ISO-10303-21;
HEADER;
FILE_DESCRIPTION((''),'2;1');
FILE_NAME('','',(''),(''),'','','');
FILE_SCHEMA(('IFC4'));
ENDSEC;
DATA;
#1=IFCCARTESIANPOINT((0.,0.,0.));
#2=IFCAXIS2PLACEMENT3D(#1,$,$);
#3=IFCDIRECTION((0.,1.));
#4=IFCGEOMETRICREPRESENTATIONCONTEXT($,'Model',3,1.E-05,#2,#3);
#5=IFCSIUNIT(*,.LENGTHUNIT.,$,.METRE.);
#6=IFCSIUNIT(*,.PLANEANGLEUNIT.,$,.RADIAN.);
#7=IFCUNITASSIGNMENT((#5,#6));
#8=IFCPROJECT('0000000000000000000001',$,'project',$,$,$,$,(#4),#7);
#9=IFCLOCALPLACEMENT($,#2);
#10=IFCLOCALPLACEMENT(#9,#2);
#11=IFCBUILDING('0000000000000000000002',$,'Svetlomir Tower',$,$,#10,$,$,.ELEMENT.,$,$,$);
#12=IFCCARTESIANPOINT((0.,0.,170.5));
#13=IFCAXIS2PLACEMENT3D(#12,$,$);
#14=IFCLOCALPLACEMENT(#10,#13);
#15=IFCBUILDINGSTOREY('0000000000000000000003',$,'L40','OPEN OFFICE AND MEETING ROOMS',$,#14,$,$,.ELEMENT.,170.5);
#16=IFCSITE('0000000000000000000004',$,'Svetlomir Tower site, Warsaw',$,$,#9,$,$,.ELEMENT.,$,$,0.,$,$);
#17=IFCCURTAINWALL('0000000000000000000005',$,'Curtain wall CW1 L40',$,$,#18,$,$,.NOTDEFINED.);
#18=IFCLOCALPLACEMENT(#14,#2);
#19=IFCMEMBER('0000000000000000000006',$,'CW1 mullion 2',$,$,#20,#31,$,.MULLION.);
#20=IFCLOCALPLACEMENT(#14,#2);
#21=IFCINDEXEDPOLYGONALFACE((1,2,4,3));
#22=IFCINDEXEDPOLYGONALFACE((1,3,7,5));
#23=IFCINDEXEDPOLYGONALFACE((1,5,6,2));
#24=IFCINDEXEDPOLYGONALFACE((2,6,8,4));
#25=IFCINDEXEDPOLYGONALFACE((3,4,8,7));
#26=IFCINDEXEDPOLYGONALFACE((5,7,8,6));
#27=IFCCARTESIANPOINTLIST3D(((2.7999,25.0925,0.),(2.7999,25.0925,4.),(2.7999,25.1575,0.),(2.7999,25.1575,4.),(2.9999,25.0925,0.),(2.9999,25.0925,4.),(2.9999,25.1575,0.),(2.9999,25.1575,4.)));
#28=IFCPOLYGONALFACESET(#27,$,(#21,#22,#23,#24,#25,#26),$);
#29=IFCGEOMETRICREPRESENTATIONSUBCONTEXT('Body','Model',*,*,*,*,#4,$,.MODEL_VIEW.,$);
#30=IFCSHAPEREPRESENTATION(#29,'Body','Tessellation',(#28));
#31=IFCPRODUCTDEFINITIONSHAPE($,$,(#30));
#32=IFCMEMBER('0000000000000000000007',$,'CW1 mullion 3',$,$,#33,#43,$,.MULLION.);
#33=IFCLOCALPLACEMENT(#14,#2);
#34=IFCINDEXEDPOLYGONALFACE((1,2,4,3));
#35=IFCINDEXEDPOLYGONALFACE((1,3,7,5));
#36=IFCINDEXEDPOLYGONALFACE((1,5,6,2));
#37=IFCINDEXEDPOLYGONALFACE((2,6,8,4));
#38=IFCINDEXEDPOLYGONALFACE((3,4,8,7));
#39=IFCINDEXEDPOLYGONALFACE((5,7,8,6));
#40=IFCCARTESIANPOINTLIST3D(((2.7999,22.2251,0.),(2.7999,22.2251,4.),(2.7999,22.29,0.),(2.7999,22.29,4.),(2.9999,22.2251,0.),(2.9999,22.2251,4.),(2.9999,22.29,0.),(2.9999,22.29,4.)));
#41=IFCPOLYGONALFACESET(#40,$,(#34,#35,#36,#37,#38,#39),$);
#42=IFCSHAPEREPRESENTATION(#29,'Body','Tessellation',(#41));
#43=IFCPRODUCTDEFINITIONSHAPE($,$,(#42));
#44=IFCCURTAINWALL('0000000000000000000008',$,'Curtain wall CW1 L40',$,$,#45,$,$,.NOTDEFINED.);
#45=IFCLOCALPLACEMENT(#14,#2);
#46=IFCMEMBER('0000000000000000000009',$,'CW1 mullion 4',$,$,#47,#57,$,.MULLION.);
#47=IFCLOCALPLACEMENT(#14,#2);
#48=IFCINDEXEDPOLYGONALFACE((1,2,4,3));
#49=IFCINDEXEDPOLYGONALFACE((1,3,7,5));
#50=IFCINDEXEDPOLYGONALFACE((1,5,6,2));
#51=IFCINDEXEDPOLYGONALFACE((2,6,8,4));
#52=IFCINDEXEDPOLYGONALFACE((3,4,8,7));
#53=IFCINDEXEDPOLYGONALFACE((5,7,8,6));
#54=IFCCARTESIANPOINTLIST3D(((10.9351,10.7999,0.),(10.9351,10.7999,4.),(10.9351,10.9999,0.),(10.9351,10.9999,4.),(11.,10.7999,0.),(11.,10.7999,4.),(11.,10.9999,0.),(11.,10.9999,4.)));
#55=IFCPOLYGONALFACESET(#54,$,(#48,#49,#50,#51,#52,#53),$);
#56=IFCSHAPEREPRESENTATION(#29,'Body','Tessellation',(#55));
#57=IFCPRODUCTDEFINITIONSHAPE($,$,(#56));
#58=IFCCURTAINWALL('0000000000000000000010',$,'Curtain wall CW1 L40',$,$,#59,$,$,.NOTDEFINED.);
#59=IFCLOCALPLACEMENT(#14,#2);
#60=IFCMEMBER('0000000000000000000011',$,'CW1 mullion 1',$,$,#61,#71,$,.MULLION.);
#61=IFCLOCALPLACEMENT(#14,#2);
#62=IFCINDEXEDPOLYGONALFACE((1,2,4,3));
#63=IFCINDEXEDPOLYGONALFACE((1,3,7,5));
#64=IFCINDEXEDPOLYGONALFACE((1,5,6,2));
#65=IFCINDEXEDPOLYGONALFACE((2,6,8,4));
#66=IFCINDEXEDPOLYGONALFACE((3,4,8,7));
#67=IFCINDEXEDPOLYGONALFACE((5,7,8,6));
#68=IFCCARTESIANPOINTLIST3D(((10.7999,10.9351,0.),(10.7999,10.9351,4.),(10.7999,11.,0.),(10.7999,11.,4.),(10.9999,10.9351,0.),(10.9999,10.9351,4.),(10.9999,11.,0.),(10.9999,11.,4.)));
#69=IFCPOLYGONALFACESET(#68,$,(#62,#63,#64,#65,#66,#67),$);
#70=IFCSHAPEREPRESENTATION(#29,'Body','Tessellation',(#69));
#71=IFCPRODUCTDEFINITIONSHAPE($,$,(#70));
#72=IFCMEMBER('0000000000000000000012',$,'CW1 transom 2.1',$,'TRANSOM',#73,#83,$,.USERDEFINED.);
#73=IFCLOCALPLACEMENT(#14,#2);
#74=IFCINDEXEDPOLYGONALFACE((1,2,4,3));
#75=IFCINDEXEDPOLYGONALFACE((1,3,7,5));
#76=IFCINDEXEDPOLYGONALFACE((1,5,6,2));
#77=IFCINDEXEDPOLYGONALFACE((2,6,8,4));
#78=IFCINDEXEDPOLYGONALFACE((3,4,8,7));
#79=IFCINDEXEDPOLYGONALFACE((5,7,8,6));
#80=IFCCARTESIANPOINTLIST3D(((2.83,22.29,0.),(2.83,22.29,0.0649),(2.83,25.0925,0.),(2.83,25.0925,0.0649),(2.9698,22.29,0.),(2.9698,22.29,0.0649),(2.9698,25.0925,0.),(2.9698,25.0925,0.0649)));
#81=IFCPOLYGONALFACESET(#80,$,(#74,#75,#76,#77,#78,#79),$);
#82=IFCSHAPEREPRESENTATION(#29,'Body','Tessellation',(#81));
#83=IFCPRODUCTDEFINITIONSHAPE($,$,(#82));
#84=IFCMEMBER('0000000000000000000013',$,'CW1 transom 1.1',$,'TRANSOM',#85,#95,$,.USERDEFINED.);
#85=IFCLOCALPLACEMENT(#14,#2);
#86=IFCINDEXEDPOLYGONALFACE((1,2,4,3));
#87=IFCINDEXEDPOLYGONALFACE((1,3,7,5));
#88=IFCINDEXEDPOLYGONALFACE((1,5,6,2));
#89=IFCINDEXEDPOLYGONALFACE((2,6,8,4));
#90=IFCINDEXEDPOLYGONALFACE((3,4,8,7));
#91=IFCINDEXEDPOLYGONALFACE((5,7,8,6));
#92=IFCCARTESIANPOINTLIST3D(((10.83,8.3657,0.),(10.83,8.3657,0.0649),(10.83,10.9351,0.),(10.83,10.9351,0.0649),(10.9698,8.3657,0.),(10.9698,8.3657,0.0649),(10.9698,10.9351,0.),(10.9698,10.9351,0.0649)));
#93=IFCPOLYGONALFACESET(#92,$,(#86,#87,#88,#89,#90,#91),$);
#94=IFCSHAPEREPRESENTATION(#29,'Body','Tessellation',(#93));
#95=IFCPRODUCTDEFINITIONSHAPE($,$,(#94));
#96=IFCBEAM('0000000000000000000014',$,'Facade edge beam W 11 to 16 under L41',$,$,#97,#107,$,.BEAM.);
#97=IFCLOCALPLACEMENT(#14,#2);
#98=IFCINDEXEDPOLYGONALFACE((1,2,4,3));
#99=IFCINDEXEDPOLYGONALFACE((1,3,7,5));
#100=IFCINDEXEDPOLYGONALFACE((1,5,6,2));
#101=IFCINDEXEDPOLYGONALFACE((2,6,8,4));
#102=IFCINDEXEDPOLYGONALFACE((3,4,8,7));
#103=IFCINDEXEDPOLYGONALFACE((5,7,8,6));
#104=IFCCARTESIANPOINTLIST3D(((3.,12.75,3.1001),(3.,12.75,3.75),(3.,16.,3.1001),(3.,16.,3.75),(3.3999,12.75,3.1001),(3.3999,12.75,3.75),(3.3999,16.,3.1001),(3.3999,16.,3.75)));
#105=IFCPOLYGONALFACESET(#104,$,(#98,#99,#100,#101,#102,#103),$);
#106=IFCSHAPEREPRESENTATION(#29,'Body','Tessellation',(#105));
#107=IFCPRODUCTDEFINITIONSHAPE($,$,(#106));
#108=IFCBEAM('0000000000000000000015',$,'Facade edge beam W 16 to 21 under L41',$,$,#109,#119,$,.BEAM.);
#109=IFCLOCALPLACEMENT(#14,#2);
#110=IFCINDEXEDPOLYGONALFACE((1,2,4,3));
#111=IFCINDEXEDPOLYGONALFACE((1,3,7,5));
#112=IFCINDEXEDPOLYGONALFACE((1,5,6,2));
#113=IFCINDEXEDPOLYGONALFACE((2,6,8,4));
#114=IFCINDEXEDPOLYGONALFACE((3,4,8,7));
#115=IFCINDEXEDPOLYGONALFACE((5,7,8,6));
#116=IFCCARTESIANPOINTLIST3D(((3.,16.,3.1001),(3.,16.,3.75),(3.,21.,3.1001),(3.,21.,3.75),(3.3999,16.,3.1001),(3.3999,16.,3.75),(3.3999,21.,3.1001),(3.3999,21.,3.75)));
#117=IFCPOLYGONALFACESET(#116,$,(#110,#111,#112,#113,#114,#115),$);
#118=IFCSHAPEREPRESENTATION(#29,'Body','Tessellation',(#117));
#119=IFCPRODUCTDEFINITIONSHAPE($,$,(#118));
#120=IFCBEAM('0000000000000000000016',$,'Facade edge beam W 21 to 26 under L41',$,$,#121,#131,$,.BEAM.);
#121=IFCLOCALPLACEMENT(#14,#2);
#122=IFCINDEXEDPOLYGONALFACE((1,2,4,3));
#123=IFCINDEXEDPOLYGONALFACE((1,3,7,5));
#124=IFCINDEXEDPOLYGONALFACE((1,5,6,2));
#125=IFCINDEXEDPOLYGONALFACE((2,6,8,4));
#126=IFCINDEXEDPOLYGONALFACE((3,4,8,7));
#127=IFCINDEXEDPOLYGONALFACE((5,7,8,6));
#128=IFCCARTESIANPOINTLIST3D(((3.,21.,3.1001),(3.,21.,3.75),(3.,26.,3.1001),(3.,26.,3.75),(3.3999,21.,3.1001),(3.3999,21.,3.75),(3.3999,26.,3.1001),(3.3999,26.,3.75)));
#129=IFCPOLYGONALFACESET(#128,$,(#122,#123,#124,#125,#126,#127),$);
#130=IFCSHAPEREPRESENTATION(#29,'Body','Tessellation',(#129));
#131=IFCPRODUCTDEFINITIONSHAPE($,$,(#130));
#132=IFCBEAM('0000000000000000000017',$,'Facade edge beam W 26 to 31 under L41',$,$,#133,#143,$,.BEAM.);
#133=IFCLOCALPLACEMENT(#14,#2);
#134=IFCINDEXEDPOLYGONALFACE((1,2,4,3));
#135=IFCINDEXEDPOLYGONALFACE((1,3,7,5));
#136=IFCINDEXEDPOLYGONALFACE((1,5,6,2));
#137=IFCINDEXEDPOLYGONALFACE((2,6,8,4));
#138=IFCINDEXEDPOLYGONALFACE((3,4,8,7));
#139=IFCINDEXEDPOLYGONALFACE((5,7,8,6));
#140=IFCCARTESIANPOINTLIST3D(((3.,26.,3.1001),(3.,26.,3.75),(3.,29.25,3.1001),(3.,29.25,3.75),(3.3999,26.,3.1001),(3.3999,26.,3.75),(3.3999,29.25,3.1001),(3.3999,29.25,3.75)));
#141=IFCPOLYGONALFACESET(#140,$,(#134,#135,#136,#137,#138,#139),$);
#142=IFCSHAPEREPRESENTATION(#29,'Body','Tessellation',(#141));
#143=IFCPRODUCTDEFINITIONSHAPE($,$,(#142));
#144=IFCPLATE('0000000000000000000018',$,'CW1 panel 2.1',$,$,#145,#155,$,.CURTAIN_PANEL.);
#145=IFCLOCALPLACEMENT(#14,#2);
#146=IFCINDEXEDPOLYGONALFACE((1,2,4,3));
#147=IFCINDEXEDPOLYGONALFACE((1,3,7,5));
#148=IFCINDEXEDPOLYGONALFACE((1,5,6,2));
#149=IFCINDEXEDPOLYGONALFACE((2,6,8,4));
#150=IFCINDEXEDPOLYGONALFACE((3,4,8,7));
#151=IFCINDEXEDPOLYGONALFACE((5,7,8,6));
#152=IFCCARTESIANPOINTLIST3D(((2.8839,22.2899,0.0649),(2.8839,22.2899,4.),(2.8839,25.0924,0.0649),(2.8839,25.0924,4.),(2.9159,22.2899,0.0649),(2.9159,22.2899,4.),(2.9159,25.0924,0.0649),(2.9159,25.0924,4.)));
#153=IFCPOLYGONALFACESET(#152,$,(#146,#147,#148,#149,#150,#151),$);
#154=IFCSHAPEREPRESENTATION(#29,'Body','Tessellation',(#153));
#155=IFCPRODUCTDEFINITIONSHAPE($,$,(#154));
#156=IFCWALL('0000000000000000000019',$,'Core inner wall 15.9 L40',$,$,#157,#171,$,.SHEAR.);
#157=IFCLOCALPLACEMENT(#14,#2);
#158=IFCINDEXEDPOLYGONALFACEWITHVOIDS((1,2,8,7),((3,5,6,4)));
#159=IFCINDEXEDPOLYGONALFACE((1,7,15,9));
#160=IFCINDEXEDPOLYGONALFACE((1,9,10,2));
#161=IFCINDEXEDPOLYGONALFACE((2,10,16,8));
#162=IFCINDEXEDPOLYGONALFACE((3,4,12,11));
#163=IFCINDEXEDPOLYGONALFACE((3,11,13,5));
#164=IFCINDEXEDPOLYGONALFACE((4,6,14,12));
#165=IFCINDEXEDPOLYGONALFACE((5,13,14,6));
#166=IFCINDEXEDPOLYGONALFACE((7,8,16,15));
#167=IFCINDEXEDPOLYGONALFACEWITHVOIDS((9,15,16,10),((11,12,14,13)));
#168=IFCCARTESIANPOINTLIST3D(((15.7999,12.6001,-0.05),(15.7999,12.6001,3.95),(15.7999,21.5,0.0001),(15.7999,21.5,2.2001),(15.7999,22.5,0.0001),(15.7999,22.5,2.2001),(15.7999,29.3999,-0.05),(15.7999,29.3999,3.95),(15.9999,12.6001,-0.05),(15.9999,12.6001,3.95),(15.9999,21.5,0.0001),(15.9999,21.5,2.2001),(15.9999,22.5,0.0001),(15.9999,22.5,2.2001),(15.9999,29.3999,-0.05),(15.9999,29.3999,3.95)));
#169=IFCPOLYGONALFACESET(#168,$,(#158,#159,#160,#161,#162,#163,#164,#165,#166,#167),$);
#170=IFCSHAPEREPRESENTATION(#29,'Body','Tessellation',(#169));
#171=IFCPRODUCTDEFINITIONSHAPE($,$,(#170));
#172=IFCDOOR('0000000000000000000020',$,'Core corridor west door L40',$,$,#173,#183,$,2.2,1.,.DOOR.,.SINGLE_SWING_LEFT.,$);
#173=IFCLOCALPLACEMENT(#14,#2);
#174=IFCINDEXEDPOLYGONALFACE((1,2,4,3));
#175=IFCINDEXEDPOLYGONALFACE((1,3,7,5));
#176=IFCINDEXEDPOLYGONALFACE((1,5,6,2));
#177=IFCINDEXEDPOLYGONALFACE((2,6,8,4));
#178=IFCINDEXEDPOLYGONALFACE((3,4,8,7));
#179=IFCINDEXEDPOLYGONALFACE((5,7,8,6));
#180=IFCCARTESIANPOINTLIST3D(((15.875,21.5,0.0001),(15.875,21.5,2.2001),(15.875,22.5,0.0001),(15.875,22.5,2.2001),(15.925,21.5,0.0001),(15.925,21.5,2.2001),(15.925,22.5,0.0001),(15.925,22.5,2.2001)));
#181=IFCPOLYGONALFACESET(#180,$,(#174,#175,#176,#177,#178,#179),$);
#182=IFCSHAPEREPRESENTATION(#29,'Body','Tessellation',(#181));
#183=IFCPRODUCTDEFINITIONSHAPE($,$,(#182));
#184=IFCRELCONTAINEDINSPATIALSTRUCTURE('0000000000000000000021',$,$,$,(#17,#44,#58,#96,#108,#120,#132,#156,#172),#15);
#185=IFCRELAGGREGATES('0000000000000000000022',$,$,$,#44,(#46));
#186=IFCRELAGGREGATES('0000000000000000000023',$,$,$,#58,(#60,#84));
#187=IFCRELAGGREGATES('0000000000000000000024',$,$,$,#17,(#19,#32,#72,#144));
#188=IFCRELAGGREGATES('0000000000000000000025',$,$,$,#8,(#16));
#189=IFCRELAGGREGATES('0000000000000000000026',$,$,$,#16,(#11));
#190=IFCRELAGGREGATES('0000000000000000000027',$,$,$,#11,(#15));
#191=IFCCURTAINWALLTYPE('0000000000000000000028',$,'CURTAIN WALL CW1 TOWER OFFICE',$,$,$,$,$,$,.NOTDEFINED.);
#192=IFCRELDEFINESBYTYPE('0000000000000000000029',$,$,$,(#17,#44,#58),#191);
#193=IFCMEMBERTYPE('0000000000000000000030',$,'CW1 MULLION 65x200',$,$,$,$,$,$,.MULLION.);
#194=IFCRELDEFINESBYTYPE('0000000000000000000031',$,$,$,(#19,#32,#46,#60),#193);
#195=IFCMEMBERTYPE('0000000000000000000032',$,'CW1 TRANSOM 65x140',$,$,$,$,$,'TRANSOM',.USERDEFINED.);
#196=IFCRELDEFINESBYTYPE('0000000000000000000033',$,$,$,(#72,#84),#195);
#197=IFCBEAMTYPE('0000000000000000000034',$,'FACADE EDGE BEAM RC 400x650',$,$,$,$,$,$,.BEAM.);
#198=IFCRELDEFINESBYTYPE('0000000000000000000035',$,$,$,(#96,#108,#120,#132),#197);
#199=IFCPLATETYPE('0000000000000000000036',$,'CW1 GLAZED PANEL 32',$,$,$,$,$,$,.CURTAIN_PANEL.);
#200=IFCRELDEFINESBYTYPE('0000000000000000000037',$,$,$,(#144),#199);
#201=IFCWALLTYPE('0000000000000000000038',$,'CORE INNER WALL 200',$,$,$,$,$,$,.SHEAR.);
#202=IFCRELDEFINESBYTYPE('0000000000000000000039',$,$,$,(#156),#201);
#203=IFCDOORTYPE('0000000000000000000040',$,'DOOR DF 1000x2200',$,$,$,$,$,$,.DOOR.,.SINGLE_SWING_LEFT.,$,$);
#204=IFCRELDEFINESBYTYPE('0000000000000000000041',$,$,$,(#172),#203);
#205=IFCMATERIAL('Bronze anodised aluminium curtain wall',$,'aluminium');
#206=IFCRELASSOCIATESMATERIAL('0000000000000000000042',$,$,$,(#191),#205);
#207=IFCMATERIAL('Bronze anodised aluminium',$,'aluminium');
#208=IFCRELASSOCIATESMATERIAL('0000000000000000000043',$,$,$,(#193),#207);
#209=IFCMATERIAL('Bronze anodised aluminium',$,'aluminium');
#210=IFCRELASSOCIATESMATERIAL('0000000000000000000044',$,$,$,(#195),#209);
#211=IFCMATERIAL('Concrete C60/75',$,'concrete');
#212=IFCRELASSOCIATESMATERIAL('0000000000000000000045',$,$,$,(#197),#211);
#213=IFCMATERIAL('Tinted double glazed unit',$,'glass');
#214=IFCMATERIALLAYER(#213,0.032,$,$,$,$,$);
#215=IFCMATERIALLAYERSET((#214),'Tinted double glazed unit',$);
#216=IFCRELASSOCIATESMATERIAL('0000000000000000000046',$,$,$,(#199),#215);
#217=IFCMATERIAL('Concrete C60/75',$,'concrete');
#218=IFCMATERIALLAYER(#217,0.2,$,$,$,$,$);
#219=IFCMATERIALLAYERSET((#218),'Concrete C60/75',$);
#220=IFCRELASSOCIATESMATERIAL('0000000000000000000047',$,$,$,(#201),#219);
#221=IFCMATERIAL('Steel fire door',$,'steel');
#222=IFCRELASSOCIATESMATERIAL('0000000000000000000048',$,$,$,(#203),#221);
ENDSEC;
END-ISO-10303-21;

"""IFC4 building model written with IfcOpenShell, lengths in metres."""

from ifc_helpers import new_model, si_unit, direction, frame, frame_2d, origin, origin_2d, place, context, subcontext, project, spatial, rectangle, extrude, material, layer, layer_set, material_profile, profile_set, type_object, element, fill, aggregate, save


model = new_model("IFC4")

# Units and contexts
model_context = context("Model", 3, precision=1e-05, world=origin(), true_north=direction((0.0, 1.0)))
body_context = subcontext(model_context, "Body", "Model", "MODEL_VIEW")
ifc_project = project(units=[si_unit("LENGTHUNIT", "METRE"), si_unit("PLANEANGLEUNIT", "RADIAN")], contexts=[model_context])

# Site, building, storey
site_placement = place(None, origin())
site = spatial("IfcSite", under=ifc_project, at=site_placement, Name="Svetlomir Tower site, Warsaw", CompositionType="ELEMENT", RefElevation=0.0)
building_placement = place(site_placement, origin())
building = spatial("IfcBuilding", under=site, at=building_placement, Name="Svetlomir Tower", CompositionType="ELEMENT")
storey_placement = place(building_placement, frame((0.0, 0.0, 170.5)))
storey = spatial("IfcBuildingStorey", under=building, at=storey_placement, Name="L40", Description="OPEN OFFICE AND MEETING ROOMS", CompositionType="ELEMENT", Elevation=170.5)

# Curtain wall, members
ifc_material_1 = material(Name="Bronze anodised aluminium curtain wall", Category="aluminium")
curtain_wall_type = type_object("IfcCurtainWallType", Name="CURTAIN WALL CW1 TOWER OFFICE", PredefinedType="NOTDEFINED", material=ifc_material_1)
curtain_wall_1_placement = place(storey_placement, origin())
curtain_wall_1 = element("IfcCurtainWall", 1, at=curtain_wall_1_placement, inside=storey, type_object=curtain_wall_type, Name="Curtain wall CW1 L40", PredefinedType="NOTDEFINED")
ifc_material_2 = material(Name="Bronze anodised aluminium", Category="aluminium")
ifc_material_profile_1 = material_profile(ifc_material_2, rectangle(XDim=0.0649, YDim=0.2, at=origin_2d()), Name="AL 65x200")
ifc_profile_set_1 = profile_set([ifc_material_profile_1], Name="Bronze anodised aluminium 6063-T6")
member_type_1 = type_object("IfcMemberType", Name="CW1 MULLION 65x200", PredefinedType="MULLION", material=ifc_profile_set_1)
member_1_placement = place(storey_placement, frame((2.8999, 25.125, 0.0), z_axis=(0.0, 0.0, 1.0), x_axis=(0.0, -1.0, 0.0)))
member_1 = element("IfcMember", 2, at=member_1_placement, type_object=member_type_1, Name="CW1 mullion 2", PredefinedType="MULLION", context=body_context, shape_type="SweptSolid", body=[
    extrude(rectangle(XDim=0.0649, YDim=0.2, at=origin_2d()), origin(), (0.0, 0.0, 1.0), 4.0),
])
member_2_placement = place(storey_placement, frame((2.8999, 22.2576, 0.0), z_axis=(0.0, 0.0, 1.0), x_axis=(0.0, -1.0, 0.0)))
member_2 = element("IfcMember", 3, at=member_2_placement, type_object=member_type_1, Name="CW1 mullion 3", PredefinedType="MULLION", context=body_context, shape_type="SweptSolid", body=[
    extrude(rectangle(XDim=0.0649, YDim=0.2, at=origin_2d()), origin(), (0.0, 0.0, 1.0), 4.0),
])

# Curtain walls, members
curtain_wall_2_placement = place(storey_placement, origin())
curtain_wall_2 = element("IfcCurtainWall", 4, at=curtain_wall_2_placement, inside=storey, type_object=curtain_wall_type, Name="Curtain wall CW1 L40", PredefinedType="NOTDEFINED")
member_3_placement = place(storey_placement, frame((10.9675, 10.8999, 0.0), z_axis=(0.0, 0.0, 1.0), x_axis=(1.0, 0.0, 0.0)))
member_3 = element("IfcMember", 5, at=member_3_placement, type_object=member_type_1, Name="CW1 mullion 4", PredefinedType="MULLION", context=body_context, shape_type="SweptSolid", body=[
    extrude(rectangle(XDim=0.0649, YDim=0.2, at=origin_2d()), origin(), (0.0, 0.0, 1.0), 4.0),
])
aggregate(curtain_wall_2, [member_3])
curtain_wall_3_placement = place(storey_placement, origin())
curtain_wall_3 = element("IfcCurtainWall", 6, at=curtain_wall_3_placement, inside=storey, type_object=curtain_wall_type, Name="Curtain wall CW1 L40", PredefinedType="NOTDEFINED")
member_4_placement = place(storey_placement, frame((10.8999, 10.9675, 0.0), z_axis=(0.0, 0.0, 1.0), x_axis=(0.0, -1.0, 0.0)))
member_4 = element("IfcMember", 7, at=member_4_placement, type_object=member_type_1, Name="CW1 mullion 1", PredefinedType="MULLION", context=body_context, shape_type="SweptSolid", body=[
    extrude(rectangle(XDim=0.0649, YDim=0.2, at=origin_2d()), origin(), (0.0, 0.0, 1.0), 4.0),
])

# Members
ifc_material_3 = material(Name="Bronze anodised aluminium", Category="aluminium")
ifc_material_profile_2 = material_profile(ifc_material_3, rectangle(XDim=0.1399, YDim=0.0649, at=origin_2d()), Name="AL 140x65")
ifc_profile_set_2 = profile_set([ifc_material_profile_2], Name="Bronze anodised aluminium 6063-T6")
member_type_2 = type_object("IfcMemberType", Name="CW1 TRANSOM 65x140", ElementType="TRANSOM", PredefinedType="USERDEFINED", material=ifc_profile_set_2)
member_5_placement = place(storey_placement, frame((2.8999, 25.0925, 0.0325), z_axis=(0.0, -1.0, 0.0), x_axis=(1.0, 0.0, 0.0)))
member_5 = element("IfcMember", 8, at=member_5_placement, type_object=member_type_2, Name="CW1 transom 2.1", ObjectType="TRANSOM", PredefinedType="USERDEFINED", context=body_context, shape_type="SweptSolid", body=[
    extrude(rectangle(XDim=0.1399, YDim=0.0649, at=origin_2d()), origin(), (0.0, 0.0, 1.0), 2.8025),
])
member_6_placement = place(storey_placement, frame((10.8999, 10.9351, 0.0325), z_axis=(0.0, -1.0, 0.0), x_axis=(1.0, 0.0, 0.0)))
member_6 = element("IfcMember", 9, at=member_6_placement, type_object=member_type_2, Name="CW1 transom 1.1", ObjectType="TRANSOM", PredefinedType="USERDEFINED", context=body_context, shape_type="SweptSolid", body=[
    extrude(rectangle(XDim=0.1399, YDim=0.0649, at=origin_2d()), origin(), (0.0, 0.0, 1.0), 2.5693),
])
aggregate(curtain_wall_3, [member_4, member_6])

# Beams
ifc_material_4 = material(Name="Concrete C60/75", Category="concrete")
ifc_material_profile_3 = material_profile(ifc_material_4, rectangle(XDim=0.3999, YDim=0.6499, at=origin_2d()), Name="RC 400x650")
ifc_profile_set_3 = profile_set([ifc_material_profile_3], Name="Concrete C60/75")
beam_type = type_object("IfcBeamType", Name="FACADE EDGE BEAM RC 400x650", PredefinedType="BEAM", material=ifc_profile_set_3)
beam_1_placement = place(storey_placement, frame((3.2, 12.75, 3.425), z_axis=(0.0, 1.0, 0.0), x_axis=(-1.0, 0.0, 0.0)))
element("IfcBeam", 10, at=beam_1_placement, inside=storey, type_object=beam_type, Name="Facade edge beam W 11 to 16 under L41", PredefinedType="BEAM", context=body_context, shape_type="SweptSolid", body=[
    extrude(rectangle(XDim=0.3999, YDim=0.6499, at=origin_2d()), origin(), (0.0, 0.0, 1.0), 3.25),
])
for number, where, z_axis, x_axis, name in (
    (11, (3.2, 16.0, 3.425), (0.0, 1.0, 0.0), (-1.0, 0.0, 0.0), "Facade edge beam W 16 to 21 under L41"),
    (12, (3.2, 21.0, 3.425), (0.0, 1.0, 0.0), (-1.0, 0.0, 0.0), "Facade edge beam W 21 to 26 under L41"),
):
    element("IfcBeam", number, at=place(storey_placement, frame(where, z_axis=z_axis, x_axis=x_axis)), inside=storey, type_object=beam_type, Name=name, PredefinedType="BEAM", context=body_context, shape_type="SweptSolid", body=[
        extrude(rectangle(XDim=0.3999, YDim=0.6499, at=origin_2d()), origin(), (0.0, 0.0, 1.0), 5.0),
    ])
beam_2_placement = place(storey_placement, frame((3.2, 26.0, 3.425), z_axis=(0.0, 1.0, 0.0), x_axis=(-1.0, 0.0, 0.0)))
element("IfcBeam", 13, at=beam_2_placement, inside=storey, type_object=beam_type, Name="Facade edge beam W 26 to 31 under L41", PredefinedType="BEAM", context=body_context, shape_type="SweptSolid", body=[
    extrude(rectangle(XDim=0.3999, YDim=0.6499, at=origin_2d()), origin(), (0.0, 0.0, 1.0), 3.25),
])

# Plate
ifc_material_5 = material(Name="Tinted double glazed unit", Category="glass")
ifc_layer_1 = layer(ifc_material_5, 0.032)
ifc_layer_set_1 = layer_set([ifc_layer_1], Name="Tinted double glazed unit")
plate_type = type_object("IfcPlateType", Name="CW1 GLAZED PANEL 32", PredefinedType="CURTAIN_PANEL", material=ifc_layer_set_1)
plate_placement = place(storey_placement, frame((2.8999, 23.6912, 0.0649), z_axis=(0.0, 0.0, 1.0), x_axis=(0.0, -1.0, 0.0)))
plate = element("IfcPlate", 14, at=plate_placement, type_object=plate_type, Name="CW1 panel 2.1", PredefinedType="CURTAIN_PANEL", context=body_context, shape_type="SweptSolid", body=[
    extrude(rectangle(XDim=2.8025, YDim=0.032, at=origin_2d()), origin(), (0.0, 0.0, 1.0), 3.9351),
])
aggregate(curtain_wall_1, [member_1, member_2, member_5, plate])

# Wall, opening, door
ifc_material_6 = material(Name="Concrete C60/75", Category="concrete")
ifc_layer_2 = layer(ifc_material_6, 0.2)
ifc_layer_set_2 = layer_set([ifc_layer_2], Name="Concrete C60/75")
wall_type_1 = type_object("IfcWallType", Name="CORE INNER WALL 200", PredefinedType="SHEAR", material=ifc_layer_set_2)
wall_1_placement = place(storey_placement, frame((15.8999, 12.6001, -0.05), z_axis=(0.0, 0.0, 1.0), x_axis=(0.0, 1.0, 0.0)))
wall_1 = element("IfcWall", 15, at=wall_1_placement, inside=storey, type_object=wall_type_1, Name="Core inner wall 15.9 L40", PredefinedType="SHEAR", context=body_context, shape_type="SweptSolid", body=[
    extrude(rectangle(XDim=16.7998, YDim=0.2, at=frame_2d((8.3999, 0.0))), origin(), (0.0, 0.0, 1.0), 4.0),
])
opening_1_placement = place(wall_1_placement, frame((8.8999, 0.0, 0.05)))
opening_1 = element("IfcOpeningElement", 16, at=opening_1_placement, cuts=wall_1, PredefinedType="OPENING", context=body_context, shape_type="SweptSolid", body=[
    extrude(rectangle(XDim=1.0, YDim=2.2, at=frame_2d((0.5, 1.1001))), frame((0.0, 0.1099, 0.0), z_axis=(0.0, -1.0, 0.0), x_axis=(1.0, 0.0, 0.0)), (0.0, 0.0, 1.0), 0.22),
])
ifc_material_7 = material(Name="Steel fire door", Category="steel")
door_type_1 = type_object("IfcDoorType", Name="DOOR DF 1000x2200", OperationType="SINGLE_SWING_LEFT", PredefinedType="DOOR", material=ifc_material_7)
door_1_placement = place(opening_1_placement, origin())
door_1 = element("IfcDoor", 17, at=door_1_placement, inside=storey, type_object=door_type_1, Name="Core corridor west door L40", OperationType="SINGLE_SWING_LEFT", OverallHeight=2.2, OverallWidth=1.0, PredefinedType="DOOR", context=body_context, shape_type="SweptSolid", body=[
    extrude(rectangle(XDim=1.0, YDim=2.2, at=frame_2d((0.5, 1.1001))), frame((0.0, 0.0249, 0.0), z_axis=(0.0, -1.0, 0.0), x_axis=(1.0, 0.0, 0.0)), (0.0, 0.0, 1.0), 0.05),
])
fill(opening_1, door_1)

save(model, "model.ifc")
